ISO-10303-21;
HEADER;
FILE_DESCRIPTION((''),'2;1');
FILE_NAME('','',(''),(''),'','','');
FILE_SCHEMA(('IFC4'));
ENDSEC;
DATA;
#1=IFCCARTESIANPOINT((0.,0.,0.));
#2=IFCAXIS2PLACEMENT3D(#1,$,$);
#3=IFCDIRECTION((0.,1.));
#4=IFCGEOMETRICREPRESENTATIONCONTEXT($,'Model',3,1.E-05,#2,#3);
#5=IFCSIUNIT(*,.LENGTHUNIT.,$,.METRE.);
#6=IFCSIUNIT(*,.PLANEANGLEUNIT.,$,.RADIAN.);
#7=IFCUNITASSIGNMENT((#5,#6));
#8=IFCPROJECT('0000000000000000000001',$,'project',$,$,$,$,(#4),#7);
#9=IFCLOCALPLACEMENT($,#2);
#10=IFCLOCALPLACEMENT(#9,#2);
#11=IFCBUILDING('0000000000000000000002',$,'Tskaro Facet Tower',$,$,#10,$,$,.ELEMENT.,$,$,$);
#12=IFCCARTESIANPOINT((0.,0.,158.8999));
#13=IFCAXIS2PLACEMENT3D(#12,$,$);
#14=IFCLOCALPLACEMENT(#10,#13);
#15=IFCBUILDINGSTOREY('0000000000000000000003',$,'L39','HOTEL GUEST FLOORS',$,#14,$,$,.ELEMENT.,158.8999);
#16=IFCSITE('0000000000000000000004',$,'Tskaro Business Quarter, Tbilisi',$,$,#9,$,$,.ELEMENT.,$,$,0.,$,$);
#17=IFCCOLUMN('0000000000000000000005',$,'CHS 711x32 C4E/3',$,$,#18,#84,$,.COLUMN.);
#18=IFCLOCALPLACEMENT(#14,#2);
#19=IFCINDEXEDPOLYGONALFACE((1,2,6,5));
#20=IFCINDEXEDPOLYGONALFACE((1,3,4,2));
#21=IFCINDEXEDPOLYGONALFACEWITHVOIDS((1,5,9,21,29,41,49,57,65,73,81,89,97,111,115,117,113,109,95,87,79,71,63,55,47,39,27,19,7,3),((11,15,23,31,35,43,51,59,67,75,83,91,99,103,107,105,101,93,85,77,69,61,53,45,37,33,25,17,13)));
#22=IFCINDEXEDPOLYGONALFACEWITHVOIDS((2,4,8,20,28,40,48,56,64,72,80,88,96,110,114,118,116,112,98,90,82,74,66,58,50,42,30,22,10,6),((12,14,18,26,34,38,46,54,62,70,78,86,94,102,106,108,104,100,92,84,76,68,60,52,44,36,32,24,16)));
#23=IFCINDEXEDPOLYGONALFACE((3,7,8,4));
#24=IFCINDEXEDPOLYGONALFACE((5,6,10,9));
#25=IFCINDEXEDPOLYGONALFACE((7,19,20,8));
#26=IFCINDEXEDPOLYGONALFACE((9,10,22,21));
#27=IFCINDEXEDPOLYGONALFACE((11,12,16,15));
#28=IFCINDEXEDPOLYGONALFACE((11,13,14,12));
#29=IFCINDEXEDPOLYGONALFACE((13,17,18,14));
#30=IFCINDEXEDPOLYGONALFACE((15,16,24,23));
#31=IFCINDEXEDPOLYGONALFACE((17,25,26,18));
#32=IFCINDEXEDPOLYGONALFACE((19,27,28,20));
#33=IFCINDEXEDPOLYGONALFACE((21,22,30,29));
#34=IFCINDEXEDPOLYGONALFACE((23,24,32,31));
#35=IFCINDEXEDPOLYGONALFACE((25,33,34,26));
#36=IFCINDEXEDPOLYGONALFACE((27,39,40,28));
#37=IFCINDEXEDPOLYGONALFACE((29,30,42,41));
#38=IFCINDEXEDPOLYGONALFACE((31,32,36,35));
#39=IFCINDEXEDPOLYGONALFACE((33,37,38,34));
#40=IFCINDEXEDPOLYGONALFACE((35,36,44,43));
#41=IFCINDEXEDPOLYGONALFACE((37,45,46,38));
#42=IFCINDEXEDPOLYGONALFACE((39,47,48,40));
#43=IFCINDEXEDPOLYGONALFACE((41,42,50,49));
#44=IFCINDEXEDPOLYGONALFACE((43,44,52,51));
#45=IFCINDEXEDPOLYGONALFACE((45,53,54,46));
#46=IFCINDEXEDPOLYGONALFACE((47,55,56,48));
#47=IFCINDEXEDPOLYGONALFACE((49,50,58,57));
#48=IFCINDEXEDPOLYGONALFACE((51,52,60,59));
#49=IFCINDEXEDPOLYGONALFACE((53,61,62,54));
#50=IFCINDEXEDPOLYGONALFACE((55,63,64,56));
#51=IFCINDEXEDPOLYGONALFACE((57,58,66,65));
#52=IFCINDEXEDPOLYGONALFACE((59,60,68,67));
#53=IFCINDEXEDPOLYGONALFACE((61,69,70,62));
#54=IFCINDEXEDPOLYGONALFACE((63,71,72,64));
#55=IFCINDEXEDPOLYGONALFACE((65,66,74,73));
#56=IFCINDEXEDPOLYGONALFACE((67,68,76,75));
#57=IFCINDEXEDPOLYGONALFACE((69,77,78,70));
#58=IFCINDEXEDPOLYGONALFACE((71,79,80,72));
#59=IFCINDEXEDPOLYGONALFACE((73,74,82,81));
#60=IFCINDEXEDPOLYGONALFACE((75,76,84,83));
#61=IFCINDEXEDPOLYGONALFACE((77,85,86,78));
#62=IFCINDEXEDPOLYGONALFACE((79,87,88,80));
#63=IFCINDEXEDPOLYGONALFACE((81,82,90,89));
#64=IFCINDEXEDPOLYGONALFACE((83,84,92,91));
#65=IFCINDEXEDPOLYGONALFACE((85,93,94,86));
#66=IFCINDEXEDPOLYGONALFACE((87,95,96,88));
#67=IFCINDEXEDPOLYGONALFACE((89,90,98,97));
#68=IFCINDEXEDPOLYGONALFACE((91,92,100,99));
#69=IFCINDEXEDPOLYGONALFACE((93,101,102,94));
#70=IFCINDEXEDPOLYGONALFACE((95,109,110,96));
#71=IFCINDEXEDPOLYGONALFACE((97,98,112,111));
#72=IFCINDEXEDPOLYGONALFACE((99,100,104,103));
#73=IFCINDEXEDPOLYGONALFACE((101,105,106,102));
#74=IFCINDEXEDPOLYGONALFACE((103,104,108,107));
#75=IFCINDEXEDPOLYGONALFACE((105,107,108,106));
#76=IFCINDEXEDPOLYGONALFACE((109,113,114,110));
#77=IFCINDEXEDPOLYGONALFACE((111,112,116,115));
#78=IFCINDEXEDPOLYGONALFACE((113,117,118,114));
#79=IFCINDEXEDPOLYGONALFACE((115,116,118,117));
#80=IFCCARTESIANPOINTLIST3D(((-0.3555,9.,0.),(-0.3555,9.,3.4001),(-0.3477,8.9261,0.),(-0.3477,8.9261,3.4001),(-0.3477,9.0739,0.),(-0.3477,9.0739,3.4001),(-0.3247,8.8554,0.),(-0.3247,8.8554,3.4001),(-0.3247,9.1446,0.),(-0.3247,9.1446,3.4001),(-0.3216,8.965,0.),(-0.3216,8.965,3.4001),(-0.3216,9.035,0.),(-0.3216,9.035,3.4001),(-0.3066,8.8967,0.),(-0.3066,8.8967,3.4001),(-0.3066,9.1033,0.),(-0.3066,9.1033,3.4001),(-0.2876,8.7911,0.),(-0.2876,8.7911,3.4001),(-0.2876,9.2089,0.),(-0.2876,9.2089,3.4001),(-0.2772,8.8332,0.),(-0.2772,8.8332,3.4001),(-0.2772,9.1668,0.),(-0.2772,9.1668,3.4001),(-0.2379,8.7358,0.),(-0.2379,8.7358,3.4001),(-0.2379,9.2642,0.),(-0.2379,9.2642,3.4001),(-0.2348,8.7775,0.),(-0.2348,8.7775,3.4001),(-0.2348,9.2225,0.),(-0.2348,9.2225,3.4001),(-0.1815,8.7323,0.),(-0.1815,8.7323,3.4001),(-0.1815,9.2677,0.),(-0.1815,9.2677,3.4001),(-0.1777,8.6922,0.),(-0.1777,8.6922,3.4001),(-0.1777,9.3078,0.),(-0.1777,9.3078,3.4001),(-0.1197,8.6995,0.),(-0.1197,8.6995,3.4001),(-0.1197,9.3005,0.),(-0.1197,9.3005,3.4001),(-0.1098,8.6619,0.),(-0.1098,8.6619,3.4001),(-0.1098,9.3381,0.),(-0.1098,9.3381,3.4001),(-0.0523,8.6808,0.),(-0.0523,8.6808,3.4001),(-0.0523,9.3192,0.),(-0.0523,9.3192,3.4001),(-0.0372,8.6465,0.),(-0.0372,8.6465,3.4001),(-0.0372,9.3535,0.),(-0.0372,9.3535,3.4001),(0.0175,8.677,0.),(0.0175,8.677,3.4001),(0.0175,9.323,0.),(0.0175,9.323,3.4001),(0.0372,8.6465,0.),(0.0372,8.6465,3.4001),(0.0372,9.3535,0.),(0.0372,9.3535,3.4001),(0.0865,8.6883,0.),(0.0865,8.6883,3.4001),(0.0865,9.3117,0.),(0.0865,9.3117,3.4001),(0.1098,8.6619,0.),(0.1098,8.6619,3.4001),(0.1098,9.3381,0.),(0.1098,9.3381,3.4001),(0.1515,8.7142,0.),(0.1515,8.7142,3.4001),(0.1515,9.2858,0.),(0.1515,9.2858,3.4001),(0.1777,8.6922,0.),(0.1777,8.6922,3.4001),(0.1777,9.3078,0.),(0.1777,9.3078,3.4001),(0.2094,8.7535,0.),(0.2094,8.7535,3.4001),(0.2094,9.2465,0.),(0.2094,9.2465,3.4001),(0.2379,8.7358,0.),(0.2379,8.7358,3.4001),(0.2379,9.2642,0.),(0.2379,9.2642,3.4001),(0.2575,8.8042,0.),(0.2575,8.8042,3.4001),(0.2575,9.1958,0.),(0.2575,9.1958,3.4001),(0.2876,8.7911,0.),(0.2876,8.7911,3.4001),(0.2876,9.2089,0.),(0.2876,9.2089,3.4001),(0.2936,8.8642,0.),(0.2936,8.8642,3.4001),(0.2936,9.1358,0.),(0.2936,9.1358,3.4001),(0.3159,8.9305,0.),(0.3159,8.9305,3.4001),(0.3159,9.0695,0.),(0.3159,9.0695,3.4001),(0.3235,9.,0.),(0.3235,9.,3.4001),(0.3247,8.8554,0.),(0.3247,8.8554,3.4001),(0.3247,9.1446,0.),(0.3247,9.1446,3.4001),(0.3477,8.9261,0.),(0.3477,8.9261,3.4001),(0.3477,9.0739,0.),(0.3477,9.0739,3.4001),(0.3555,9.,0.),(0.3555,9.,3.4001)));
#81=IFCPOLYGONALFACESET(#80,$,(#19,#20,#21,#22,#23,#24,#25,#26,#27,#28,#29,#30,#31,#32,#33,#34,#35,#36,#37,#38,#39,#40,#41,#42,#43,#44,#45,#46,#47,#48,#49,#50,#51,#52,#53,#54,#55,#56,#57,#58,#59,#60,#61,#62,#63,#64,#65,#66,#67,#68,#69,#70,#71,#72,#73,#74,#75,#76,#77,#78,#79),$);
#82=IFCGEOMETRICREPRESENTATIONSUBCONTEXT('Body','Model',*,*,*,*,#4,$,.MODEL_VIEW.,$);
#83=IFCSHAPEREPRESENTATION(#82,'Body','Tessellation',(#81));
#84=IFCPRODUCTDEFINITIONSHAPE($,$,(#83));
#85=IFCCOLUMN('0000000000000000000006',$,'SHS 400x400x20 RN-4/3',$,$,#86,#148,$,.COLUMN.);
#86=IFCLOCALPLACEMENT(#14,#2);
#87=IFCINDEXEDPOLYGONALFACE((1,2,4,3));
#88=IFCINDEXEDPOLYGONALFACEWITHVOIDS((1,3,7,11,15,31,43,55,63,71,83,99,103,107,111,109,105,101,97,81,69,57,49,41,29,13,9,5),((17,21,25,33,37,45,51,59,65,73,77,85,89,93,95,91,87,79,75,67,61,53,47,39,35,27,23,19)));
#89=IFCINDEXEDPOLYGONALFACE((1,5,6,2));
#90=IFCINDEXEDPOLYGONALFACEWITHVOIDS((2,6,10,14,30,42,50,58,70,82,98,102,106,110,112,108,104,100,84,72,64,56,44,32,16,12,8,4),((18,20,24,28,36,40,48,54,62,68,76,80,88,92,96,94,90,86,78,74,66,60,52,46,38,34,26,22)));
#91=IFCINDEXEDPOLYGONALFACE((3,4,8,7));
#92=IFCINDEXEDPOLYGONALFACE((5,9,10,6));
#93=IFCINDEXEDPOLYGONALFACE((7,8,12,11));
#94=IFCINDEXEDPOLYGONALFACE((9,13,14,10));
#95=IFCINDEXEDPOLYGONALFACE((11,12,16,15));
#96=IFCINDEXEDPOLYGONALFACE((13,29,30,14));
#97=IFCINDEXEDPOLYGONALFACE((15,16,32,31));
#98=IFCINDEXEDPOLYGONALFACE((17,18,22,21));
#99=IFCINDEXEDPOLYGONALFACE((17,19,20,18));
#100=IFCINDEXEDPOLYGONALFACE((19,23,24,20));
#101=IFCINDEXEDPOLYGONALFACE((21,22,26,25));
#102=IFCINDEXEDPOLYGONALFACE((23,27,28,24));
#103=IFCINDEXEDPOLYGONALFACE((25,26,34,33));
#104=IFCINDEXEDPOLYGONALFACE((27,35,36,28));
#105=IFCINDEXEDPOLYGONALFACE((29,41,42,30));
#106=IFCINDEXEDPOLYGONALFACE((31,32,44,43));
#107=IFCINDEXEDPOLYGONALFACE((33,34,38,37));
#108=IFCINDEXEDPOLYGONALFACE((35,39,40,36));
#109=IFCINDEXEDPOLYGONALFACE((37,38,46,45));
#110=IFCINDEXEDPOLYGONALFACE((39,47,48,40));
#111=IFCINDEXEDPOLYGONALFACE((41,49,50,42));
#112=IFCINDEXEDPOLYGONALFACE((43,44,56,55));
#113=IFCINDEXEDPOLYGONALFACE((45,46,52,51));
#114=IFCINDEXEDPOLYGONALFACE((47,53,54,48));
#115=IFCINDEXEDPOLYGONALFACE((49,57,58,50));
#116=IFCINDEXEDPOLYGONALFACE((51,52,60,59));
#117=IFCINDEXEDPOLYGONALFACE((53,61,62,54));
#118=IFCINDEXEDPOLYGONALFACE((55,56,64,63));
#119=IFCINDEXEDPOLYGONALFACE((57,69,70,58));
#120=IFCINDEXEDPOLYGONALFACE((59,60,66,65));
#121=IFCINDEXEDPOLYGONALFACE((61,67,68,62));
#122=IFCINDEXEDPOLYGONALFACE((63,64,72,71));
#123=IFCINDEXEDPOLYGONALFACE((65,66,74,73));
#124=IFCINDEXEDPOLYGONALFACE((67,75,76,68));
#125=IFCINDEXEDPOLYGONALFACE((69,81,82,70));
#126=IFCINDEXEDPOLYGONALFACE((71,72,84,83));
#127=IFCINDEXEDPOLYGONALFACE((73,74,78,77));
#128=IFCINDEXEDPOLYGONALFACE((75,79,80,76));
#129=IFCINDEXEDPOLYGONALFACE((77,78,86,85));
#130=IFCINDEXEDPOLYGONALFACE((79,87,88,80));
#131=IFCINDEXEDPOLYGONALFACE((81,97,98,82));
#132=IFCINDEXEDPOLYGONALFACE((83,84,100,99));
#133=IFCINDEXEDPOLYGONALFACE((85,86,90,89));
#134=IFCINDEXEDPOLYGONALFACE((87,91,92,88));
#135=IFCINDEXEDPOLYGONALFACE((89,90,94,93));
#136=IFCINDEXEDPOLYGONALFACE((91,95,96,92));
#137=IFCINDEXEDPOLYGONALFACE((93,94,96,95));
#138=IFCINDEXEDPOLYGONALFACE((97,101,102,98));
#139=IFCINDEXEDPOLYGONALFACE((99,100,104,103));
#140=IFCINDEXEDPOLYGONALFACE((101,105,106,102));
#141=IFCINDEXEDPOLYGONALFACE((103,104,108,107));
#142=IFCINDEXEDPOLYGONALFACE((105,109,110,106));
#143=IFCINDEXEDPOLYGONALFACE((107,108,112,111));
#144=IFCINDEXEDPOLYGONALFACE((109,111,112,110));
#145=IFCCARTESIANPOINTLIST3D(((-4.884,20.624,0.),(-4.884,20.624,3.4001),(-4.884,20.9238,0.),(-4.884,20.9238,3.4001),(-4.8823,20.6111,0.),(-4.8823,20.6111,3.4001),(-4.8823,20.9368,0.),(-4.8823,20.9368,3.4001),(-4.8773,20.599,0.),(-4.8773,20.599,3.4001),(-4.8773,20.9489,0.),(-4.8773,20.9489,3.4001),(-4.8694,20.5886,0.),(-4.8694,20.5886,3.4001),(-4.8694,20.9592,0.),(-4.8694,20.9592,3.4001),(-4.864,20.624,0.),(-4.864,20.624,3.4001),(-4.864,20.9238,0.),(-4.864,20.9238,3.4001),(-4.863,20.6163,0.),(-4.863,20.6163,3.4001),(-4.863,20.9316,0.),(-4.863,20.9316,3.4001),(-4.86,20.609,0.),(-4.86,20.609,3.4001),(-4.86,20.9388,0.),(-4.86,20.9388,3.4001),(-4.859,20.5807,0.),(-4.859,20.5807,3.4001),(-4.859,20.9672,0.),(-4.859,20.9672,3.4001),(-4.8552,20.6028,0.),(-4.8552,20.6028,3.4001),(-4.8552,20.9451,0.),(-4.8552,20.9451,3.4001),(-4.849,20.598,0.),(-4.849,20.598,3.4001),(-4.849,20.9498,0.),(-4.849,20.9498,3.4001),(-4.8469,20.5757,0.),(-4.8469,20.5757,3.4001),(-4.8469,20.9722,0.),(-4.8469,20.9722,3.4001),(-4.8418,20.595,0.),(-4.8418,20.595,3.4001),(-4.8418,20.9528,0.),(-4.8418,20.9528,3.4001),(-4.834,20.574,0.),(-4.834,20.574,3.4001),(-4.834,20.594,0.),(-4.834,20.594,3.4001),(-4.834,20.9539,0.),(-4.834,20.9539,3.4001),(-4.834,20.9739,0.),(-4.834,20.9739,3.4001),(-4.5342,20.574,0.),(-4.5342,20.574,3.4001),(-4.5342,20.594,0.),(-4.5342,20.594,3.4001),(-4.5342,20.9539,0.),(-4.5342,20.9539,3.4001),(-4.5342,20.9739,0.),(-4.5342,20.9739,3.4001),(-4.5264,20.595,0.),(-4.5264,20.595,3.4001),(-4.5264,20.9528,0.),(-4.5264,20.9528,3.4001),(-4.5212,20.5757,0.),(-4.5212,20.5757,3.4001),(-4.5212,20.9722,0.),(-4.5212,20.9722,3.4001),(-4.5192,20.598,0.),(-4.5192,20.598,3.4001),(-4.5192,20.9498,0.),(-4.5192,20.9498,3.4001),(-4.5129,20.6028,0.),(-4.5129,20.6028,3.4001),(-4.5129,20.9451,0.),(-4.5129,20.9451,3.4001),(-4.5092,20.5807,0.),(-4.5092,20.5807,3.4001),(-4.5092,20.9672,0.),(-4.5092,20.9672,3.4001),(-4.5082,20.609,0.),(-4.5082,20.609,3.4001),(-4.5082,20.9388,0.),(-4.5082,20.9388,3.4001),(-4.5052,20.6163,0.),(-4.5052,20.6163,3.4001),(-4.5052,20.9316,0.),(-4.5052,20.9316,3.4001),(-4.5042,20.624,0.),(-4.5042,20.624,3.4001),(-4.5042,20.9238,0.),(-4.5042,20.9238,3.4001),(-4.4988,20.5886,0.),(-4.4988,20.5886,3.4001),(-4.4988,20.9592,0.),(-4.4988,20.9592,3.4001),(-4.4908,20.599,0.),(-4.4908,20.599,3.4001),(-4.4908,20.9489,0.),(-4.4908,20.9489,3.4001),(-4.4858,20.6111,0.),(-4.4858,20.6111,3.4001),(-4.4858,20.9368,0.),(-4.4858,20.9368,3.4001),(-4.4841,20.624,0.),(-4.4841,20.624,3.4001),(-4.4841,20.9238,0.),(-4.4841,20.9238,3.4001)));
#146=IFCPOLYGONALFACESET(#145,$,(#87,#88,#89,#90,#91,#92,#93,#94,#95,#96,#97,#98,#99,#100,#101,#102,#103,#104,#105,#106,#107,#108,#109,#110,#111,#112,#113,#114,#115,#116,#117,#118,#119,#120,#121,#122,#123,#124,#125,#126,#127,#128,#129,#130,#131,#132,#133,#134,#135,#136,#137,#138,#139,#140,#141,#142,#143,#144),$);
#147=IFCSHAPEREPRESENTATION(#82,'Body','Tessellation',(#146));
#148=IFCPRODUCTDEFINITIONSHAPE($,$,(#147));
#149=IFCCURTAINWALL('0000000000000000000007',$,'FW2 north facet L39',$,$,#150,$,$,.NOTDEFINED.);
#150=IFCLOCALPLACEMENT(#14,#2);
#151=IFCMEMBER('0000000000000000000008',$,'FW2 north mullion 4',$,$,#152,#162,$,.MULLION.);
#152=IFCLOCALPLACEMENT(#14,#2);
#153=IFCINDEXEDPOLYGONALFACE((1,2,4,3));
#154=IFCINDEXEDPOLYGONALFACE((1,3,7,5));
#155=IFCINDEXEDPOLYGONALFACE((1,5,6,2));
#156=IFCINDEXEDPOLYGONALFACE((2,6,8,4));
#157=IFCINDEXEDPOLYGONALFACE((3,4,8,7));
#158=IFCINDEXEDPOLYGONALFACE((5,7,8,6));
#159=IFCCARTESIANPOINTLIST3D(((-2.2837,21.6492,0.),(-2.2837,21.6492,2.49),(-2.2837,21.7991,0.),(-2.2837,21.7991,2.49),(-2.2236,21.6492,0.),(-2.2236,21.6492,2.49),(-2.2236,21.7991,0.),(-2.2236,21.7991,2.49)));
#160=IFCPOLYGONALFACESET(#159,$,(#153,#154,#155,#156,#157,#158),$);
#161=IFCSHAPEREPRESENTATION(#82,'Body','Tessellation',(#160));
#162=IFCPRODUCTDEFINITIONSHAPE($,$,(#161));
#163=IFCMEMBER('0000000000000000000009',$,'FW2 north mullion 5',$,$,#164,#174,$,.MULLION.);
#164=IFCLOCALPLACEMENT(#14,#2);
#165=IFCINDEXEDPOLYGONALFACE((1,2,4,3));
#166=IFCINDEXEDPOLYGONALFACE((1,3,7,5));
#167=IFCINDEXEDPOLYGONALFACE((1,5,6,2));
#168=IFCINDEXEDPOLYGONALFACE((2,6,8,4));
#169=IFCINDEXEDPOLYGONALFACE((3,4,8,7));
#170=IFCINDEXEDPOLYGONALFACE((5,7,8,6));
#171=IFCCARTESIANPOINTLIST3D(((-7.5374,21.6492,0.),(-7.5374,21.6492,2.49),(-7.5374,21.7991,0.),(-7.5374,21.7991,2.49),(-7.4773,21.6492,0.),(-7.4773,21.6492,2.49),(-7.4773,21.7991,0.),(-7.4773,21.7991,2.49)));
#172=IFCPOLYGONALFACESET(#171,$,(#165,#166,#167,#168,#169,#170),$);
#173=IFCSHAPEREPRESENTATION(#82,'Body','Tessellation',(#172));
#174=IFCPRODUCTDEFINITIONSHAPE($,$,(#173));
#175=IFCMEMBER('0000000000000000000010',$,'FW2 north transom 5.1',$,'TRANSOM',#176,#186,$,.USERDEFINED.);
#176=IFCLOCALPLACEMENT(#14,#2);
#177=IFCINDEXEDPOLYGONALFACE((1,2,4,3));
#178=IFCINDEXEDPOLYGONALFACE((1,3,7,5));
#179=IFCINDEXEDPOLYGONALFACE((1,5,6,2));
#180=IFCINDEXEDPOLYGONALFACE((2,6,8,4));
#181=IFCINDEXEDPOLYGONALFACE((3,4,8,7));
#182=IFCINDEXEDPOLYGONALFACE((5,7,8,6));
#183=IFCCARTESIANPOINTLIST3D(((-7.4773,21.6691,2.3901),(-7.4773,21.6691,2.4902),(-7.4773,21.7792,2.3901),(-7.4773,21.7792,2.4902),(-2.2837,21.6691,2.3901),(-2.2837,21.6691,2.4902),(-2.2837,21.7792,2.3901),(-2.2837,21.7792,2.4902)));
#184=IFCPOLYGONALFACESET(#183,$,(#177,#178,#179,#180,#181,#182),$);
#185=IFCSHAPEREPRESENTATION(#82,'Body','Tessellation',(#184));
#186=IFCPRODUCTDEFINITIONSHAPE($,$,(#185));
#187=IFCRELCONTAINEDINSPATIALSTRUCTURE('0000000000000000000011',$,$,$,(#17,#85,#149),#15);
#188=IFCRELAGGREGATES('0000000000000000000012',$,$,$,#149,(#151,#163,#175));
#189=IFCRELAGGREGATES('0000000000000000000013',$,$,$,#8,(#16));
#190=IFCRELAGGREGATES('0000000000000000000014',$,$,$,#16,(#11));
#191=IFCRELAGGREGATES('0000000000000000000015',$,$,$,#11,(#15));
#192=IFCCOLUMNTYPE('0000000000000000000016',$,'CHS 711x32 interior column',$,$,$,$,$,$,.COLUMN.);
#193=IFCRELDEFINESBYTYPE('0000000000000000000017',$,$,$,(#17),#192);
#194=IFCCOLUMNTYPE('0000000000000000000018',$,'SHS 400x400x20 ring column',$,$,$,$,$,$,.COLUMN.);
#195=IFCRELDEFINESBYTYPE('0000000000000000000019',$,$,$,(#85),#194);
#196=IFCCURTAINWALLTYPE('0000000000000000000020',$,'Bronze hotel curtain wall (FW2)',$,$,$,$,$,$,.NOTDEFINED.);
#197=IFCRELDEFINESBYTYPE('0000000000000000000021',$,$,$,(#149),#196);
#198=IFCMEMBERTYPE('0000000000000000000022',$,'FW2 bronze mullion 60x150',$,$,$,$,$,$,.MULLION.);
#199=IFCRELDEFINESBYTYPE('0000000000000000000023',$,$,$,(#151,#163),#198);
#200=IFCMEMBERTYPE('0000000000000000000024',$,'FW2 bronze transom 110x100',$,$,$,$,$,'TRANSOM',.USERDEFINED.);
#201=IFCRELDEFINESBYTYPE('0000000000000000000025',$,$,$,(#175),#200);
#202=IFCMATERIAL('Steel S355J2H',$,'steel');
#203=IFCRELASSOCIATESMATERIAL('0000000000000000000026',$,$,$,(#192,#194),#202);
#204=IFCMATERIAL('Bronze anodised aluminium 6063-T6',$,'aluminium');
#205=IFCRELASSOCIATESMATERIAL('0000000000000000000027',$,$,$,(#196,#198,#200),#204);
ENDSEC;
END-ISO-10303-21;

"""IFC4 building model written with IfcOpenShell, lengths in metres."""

from ifc_helpers import new_model, si_unit, direction, frame, origin, origin_2d, place, context, subcontext, project, spatial, rectangle, hollow_rectangle, hollow_circle, extrude, material, material_profile, profile_set, type_object, element, aggregate, save


model = new_model("IFC4")

# Units and contexts
model_context = context("Model", 3, precision=1e-05, world=origin(), true_north=direction((0.0, 1.0)))
body_context = subcontext(model_context, "Body", "Model", "MODEL_VIEW")
ifc_project = project(units=[si_unit("LENGTHUNIT", "METRE"), si_unit("PLANEANGLEUNIT", "RADIAN")], contexts=[model_context])

# Site, building, storey
site_placement = place(None, origin())
site = spatial("IfcSite", under=ifc_project, at=site_placement, Name="Tskaro Business Quarter, Tbilisi", CompositionType="ELEMENT", RefElevation=0.0)
building_placement = place(site_placement, origin())
building = spatial("IfcBuilding", under=site, at=building_placement, Name="Tskaro Facet Tower", CompositionType="ELEMENT")
storey_placement = place(building_placement, frame((0.0, 0.0, 158.8999)))
storey = spatial("IfcBuildingStorey", under=building, at=storey_placement, Name="L39", Description="HOTEL GUEST FLOORS", CompositionType="ELEMENT", Elevation=158.8999)

# Columns
ifc_material_1 = material(Name="Steel S355J2H", Category="steel")
ifc_material_profile_1 = material_profile(ifc_material_1, hollow_circle(Radius=0.3555, WallThickness=0.032, at=origin_2d()), Name="CHS 711x32")
ifc_profile_set_1 = profile_set([ifc_material_profile_1], Name="Steel S355J2H")
column_type_1 = type_object("IfcColumnType", Name="CHS 711x32 interior column", PredefinedType="COLUMN", material=ifc_profile_set_1)
column_1_placement = place(storey_placement, frame((0.0, 9.0, 0.0), z_axis=(0.0, 0.0, 1.0), x_axis=(1.0, 0.0, 0.0)))
element("IfcColumn", 1, at=column_1_placement, inside=storey, type_object=column_type_1, Name="CHS 711x32 C4E/3", PredefinedType="COLUMN", context=body_context, shape_type="SweptSolid", body=[
    extrude(hollow_circle(Radius=0.3555, WallThickness=0.032, at=origin_2d()), origin(), (0.0, 0.0, 1.0), 3.4001),
])
ifc_material_profile_2 = material_profile(ifc_material_1, hollow_rectangle(XDim=0.3999, YDim=0.3999, WallThickness=0.02, InnerFilletRadius=0.03, OuterFilletRadius=0.05, at=origin_2d()), Name="SHS 400x400x20")
ifc_profile_set_2 = profile_set([ifc_material_profile_2], Name="Steel S355J2H")
column_type_2 = type_object("IfcColumnType", Name="SHS 400x400x20 ring column", PredefinedType="COLUMN", material=ifc_profile_set_2)
column_2_placement = place(storey_placement, frame((-4.6841, 20.7739, 0.0), z_axis=(0.0, 0.0, 1.0), x_axis=(1.0, 0.0, 0.0)))
element("IfcColumn", 2, at=column_2_placement, inside=storey, type_object=column_type_2, Name="SHS 400x400x20 RN-4/3", PredefinedType="COLUMN", context=body_context, shape_type="SweptSolid", body=[
    extrude(hollow_rectangle(XDim=0.3999, YDim=0.3999, WallThickness=0.02, InnerFilletRadius=0.03, OuterFilletRadius=0.05, at=origin_2d()), origin(), (0.0, 0.0, 1.0), 3.4001),
])

# Curtain wall, members
ifc_material_2 = material(Name="Bronze anodised aluminium 6063-T6", Category="aluminium")
curtain_wall_type = type_object("IfcCurtainWallType", Name="Bronze hotel curtain wall (FW2)", PredefinedType="NOTDEFINED", material=ifc_material_2)
curtain_wall_placement = place(storey_placement, origin())
curtain_wall = element("IfcCurtainWall", 3, at=curtain_wall_placement, inside=storey, type_object=curtain_wall_type, Name="FW2 north facet L39", PredefinedType="NOTDEFINED")
ifc_material_profile_3 = material_profile(ifc_material_2, rectangle(XDim=0.0601, YDim=0.1499, at=origin_2d()), Name="Mullion 60x150")
ifc_profile_set_3 = profile_set([ifc_material_profile_3], Name="Bronze anodised aluminium 6063-T6")
member_type_1 = type_object("IfcMemberType", Name="FW2 bronze mullion 60x150", PredefinedType="MULLION", material=ifc_profile_set_3)
member_1_placement = place(storey_placement, frame((-2.2537, 21.7241, 0.0), z_axis=(0.0, 0.0, 1.0), x_axis=(-1.0, 0.0, 0.0)))
member_1 = element("IfcMember", 4, at=member_1_placement, type_object=member_type_1, Name="FW2 north mullion 4", PredefinedType="MULLION", context=body_context, shape_type="SweptSolid", body=[
    extrude(rectangle(XDim=0.0601, YDim=0.1499, at=origin_2d()), origin(), (0.0, 0.0, 1.0), 2.49),
])
member_2_placement = place(storey_placement, frame((-7.5073, 21.7241, 0.0), z_axis=(0.0, 0.0, 1.0), x_axis=(-1.0, 0.0, 0.0)))
member_2 = element("IfcMember", 5, at=member_2_placement, type_object=member_type_1, Name="FW2 north mullion 5", PredefinedType="MULLION", context=body_context, shape_type="SweptSolid", body=[
    extrude(rectangle(XDim=0.0601, YDim=0.1499, at=origin_2d()), origin(), (0.0, 0.0, 1.0), 2.49),
])
ifc_material_profile_4 = material_profile(ifc_material_2, rectangle(XDim=0.1101, YDim=0.1001, at=origin_2d()), Name="Transom 110x100")
ifc_profile_set_4 = profile_set([ifc_material_profile_4], Name="Bronze anodised aluminium 6063-T6")
member_type_2 = type_object("IfcMemberType", Name="FW2 bronze transom 110x100", ElementType="TRANSOM", PredefinedType="USERDEFINED", material=ifc_profile_set_4)
member_3_placement = place(storey_placement, frame((-2.2837, 21.7241, 2.4402), z_axis=(-1.0, 0.0, 0.0), x_axis=(0.0, -1.0, 0.0)))
member_3 = element("IfcMember", 6, at=member_3_placement, type_object=member_type_2, Name="FW2 north transom 5.1", ObjectType="TRANSOM", PredefinedType="USERDEFINED", context=body_context, shape_type="SweptSolid", body=[
    extrude(rectangle(XDim=0.1101, YDim=0.1001, at=origin_2d()), origin(), (0.0, 0.0, 1.0), 5.1936),
])

aggregate(curtain_wall, [member_1, member_2, member_3])

save(model, "model.ifc")
